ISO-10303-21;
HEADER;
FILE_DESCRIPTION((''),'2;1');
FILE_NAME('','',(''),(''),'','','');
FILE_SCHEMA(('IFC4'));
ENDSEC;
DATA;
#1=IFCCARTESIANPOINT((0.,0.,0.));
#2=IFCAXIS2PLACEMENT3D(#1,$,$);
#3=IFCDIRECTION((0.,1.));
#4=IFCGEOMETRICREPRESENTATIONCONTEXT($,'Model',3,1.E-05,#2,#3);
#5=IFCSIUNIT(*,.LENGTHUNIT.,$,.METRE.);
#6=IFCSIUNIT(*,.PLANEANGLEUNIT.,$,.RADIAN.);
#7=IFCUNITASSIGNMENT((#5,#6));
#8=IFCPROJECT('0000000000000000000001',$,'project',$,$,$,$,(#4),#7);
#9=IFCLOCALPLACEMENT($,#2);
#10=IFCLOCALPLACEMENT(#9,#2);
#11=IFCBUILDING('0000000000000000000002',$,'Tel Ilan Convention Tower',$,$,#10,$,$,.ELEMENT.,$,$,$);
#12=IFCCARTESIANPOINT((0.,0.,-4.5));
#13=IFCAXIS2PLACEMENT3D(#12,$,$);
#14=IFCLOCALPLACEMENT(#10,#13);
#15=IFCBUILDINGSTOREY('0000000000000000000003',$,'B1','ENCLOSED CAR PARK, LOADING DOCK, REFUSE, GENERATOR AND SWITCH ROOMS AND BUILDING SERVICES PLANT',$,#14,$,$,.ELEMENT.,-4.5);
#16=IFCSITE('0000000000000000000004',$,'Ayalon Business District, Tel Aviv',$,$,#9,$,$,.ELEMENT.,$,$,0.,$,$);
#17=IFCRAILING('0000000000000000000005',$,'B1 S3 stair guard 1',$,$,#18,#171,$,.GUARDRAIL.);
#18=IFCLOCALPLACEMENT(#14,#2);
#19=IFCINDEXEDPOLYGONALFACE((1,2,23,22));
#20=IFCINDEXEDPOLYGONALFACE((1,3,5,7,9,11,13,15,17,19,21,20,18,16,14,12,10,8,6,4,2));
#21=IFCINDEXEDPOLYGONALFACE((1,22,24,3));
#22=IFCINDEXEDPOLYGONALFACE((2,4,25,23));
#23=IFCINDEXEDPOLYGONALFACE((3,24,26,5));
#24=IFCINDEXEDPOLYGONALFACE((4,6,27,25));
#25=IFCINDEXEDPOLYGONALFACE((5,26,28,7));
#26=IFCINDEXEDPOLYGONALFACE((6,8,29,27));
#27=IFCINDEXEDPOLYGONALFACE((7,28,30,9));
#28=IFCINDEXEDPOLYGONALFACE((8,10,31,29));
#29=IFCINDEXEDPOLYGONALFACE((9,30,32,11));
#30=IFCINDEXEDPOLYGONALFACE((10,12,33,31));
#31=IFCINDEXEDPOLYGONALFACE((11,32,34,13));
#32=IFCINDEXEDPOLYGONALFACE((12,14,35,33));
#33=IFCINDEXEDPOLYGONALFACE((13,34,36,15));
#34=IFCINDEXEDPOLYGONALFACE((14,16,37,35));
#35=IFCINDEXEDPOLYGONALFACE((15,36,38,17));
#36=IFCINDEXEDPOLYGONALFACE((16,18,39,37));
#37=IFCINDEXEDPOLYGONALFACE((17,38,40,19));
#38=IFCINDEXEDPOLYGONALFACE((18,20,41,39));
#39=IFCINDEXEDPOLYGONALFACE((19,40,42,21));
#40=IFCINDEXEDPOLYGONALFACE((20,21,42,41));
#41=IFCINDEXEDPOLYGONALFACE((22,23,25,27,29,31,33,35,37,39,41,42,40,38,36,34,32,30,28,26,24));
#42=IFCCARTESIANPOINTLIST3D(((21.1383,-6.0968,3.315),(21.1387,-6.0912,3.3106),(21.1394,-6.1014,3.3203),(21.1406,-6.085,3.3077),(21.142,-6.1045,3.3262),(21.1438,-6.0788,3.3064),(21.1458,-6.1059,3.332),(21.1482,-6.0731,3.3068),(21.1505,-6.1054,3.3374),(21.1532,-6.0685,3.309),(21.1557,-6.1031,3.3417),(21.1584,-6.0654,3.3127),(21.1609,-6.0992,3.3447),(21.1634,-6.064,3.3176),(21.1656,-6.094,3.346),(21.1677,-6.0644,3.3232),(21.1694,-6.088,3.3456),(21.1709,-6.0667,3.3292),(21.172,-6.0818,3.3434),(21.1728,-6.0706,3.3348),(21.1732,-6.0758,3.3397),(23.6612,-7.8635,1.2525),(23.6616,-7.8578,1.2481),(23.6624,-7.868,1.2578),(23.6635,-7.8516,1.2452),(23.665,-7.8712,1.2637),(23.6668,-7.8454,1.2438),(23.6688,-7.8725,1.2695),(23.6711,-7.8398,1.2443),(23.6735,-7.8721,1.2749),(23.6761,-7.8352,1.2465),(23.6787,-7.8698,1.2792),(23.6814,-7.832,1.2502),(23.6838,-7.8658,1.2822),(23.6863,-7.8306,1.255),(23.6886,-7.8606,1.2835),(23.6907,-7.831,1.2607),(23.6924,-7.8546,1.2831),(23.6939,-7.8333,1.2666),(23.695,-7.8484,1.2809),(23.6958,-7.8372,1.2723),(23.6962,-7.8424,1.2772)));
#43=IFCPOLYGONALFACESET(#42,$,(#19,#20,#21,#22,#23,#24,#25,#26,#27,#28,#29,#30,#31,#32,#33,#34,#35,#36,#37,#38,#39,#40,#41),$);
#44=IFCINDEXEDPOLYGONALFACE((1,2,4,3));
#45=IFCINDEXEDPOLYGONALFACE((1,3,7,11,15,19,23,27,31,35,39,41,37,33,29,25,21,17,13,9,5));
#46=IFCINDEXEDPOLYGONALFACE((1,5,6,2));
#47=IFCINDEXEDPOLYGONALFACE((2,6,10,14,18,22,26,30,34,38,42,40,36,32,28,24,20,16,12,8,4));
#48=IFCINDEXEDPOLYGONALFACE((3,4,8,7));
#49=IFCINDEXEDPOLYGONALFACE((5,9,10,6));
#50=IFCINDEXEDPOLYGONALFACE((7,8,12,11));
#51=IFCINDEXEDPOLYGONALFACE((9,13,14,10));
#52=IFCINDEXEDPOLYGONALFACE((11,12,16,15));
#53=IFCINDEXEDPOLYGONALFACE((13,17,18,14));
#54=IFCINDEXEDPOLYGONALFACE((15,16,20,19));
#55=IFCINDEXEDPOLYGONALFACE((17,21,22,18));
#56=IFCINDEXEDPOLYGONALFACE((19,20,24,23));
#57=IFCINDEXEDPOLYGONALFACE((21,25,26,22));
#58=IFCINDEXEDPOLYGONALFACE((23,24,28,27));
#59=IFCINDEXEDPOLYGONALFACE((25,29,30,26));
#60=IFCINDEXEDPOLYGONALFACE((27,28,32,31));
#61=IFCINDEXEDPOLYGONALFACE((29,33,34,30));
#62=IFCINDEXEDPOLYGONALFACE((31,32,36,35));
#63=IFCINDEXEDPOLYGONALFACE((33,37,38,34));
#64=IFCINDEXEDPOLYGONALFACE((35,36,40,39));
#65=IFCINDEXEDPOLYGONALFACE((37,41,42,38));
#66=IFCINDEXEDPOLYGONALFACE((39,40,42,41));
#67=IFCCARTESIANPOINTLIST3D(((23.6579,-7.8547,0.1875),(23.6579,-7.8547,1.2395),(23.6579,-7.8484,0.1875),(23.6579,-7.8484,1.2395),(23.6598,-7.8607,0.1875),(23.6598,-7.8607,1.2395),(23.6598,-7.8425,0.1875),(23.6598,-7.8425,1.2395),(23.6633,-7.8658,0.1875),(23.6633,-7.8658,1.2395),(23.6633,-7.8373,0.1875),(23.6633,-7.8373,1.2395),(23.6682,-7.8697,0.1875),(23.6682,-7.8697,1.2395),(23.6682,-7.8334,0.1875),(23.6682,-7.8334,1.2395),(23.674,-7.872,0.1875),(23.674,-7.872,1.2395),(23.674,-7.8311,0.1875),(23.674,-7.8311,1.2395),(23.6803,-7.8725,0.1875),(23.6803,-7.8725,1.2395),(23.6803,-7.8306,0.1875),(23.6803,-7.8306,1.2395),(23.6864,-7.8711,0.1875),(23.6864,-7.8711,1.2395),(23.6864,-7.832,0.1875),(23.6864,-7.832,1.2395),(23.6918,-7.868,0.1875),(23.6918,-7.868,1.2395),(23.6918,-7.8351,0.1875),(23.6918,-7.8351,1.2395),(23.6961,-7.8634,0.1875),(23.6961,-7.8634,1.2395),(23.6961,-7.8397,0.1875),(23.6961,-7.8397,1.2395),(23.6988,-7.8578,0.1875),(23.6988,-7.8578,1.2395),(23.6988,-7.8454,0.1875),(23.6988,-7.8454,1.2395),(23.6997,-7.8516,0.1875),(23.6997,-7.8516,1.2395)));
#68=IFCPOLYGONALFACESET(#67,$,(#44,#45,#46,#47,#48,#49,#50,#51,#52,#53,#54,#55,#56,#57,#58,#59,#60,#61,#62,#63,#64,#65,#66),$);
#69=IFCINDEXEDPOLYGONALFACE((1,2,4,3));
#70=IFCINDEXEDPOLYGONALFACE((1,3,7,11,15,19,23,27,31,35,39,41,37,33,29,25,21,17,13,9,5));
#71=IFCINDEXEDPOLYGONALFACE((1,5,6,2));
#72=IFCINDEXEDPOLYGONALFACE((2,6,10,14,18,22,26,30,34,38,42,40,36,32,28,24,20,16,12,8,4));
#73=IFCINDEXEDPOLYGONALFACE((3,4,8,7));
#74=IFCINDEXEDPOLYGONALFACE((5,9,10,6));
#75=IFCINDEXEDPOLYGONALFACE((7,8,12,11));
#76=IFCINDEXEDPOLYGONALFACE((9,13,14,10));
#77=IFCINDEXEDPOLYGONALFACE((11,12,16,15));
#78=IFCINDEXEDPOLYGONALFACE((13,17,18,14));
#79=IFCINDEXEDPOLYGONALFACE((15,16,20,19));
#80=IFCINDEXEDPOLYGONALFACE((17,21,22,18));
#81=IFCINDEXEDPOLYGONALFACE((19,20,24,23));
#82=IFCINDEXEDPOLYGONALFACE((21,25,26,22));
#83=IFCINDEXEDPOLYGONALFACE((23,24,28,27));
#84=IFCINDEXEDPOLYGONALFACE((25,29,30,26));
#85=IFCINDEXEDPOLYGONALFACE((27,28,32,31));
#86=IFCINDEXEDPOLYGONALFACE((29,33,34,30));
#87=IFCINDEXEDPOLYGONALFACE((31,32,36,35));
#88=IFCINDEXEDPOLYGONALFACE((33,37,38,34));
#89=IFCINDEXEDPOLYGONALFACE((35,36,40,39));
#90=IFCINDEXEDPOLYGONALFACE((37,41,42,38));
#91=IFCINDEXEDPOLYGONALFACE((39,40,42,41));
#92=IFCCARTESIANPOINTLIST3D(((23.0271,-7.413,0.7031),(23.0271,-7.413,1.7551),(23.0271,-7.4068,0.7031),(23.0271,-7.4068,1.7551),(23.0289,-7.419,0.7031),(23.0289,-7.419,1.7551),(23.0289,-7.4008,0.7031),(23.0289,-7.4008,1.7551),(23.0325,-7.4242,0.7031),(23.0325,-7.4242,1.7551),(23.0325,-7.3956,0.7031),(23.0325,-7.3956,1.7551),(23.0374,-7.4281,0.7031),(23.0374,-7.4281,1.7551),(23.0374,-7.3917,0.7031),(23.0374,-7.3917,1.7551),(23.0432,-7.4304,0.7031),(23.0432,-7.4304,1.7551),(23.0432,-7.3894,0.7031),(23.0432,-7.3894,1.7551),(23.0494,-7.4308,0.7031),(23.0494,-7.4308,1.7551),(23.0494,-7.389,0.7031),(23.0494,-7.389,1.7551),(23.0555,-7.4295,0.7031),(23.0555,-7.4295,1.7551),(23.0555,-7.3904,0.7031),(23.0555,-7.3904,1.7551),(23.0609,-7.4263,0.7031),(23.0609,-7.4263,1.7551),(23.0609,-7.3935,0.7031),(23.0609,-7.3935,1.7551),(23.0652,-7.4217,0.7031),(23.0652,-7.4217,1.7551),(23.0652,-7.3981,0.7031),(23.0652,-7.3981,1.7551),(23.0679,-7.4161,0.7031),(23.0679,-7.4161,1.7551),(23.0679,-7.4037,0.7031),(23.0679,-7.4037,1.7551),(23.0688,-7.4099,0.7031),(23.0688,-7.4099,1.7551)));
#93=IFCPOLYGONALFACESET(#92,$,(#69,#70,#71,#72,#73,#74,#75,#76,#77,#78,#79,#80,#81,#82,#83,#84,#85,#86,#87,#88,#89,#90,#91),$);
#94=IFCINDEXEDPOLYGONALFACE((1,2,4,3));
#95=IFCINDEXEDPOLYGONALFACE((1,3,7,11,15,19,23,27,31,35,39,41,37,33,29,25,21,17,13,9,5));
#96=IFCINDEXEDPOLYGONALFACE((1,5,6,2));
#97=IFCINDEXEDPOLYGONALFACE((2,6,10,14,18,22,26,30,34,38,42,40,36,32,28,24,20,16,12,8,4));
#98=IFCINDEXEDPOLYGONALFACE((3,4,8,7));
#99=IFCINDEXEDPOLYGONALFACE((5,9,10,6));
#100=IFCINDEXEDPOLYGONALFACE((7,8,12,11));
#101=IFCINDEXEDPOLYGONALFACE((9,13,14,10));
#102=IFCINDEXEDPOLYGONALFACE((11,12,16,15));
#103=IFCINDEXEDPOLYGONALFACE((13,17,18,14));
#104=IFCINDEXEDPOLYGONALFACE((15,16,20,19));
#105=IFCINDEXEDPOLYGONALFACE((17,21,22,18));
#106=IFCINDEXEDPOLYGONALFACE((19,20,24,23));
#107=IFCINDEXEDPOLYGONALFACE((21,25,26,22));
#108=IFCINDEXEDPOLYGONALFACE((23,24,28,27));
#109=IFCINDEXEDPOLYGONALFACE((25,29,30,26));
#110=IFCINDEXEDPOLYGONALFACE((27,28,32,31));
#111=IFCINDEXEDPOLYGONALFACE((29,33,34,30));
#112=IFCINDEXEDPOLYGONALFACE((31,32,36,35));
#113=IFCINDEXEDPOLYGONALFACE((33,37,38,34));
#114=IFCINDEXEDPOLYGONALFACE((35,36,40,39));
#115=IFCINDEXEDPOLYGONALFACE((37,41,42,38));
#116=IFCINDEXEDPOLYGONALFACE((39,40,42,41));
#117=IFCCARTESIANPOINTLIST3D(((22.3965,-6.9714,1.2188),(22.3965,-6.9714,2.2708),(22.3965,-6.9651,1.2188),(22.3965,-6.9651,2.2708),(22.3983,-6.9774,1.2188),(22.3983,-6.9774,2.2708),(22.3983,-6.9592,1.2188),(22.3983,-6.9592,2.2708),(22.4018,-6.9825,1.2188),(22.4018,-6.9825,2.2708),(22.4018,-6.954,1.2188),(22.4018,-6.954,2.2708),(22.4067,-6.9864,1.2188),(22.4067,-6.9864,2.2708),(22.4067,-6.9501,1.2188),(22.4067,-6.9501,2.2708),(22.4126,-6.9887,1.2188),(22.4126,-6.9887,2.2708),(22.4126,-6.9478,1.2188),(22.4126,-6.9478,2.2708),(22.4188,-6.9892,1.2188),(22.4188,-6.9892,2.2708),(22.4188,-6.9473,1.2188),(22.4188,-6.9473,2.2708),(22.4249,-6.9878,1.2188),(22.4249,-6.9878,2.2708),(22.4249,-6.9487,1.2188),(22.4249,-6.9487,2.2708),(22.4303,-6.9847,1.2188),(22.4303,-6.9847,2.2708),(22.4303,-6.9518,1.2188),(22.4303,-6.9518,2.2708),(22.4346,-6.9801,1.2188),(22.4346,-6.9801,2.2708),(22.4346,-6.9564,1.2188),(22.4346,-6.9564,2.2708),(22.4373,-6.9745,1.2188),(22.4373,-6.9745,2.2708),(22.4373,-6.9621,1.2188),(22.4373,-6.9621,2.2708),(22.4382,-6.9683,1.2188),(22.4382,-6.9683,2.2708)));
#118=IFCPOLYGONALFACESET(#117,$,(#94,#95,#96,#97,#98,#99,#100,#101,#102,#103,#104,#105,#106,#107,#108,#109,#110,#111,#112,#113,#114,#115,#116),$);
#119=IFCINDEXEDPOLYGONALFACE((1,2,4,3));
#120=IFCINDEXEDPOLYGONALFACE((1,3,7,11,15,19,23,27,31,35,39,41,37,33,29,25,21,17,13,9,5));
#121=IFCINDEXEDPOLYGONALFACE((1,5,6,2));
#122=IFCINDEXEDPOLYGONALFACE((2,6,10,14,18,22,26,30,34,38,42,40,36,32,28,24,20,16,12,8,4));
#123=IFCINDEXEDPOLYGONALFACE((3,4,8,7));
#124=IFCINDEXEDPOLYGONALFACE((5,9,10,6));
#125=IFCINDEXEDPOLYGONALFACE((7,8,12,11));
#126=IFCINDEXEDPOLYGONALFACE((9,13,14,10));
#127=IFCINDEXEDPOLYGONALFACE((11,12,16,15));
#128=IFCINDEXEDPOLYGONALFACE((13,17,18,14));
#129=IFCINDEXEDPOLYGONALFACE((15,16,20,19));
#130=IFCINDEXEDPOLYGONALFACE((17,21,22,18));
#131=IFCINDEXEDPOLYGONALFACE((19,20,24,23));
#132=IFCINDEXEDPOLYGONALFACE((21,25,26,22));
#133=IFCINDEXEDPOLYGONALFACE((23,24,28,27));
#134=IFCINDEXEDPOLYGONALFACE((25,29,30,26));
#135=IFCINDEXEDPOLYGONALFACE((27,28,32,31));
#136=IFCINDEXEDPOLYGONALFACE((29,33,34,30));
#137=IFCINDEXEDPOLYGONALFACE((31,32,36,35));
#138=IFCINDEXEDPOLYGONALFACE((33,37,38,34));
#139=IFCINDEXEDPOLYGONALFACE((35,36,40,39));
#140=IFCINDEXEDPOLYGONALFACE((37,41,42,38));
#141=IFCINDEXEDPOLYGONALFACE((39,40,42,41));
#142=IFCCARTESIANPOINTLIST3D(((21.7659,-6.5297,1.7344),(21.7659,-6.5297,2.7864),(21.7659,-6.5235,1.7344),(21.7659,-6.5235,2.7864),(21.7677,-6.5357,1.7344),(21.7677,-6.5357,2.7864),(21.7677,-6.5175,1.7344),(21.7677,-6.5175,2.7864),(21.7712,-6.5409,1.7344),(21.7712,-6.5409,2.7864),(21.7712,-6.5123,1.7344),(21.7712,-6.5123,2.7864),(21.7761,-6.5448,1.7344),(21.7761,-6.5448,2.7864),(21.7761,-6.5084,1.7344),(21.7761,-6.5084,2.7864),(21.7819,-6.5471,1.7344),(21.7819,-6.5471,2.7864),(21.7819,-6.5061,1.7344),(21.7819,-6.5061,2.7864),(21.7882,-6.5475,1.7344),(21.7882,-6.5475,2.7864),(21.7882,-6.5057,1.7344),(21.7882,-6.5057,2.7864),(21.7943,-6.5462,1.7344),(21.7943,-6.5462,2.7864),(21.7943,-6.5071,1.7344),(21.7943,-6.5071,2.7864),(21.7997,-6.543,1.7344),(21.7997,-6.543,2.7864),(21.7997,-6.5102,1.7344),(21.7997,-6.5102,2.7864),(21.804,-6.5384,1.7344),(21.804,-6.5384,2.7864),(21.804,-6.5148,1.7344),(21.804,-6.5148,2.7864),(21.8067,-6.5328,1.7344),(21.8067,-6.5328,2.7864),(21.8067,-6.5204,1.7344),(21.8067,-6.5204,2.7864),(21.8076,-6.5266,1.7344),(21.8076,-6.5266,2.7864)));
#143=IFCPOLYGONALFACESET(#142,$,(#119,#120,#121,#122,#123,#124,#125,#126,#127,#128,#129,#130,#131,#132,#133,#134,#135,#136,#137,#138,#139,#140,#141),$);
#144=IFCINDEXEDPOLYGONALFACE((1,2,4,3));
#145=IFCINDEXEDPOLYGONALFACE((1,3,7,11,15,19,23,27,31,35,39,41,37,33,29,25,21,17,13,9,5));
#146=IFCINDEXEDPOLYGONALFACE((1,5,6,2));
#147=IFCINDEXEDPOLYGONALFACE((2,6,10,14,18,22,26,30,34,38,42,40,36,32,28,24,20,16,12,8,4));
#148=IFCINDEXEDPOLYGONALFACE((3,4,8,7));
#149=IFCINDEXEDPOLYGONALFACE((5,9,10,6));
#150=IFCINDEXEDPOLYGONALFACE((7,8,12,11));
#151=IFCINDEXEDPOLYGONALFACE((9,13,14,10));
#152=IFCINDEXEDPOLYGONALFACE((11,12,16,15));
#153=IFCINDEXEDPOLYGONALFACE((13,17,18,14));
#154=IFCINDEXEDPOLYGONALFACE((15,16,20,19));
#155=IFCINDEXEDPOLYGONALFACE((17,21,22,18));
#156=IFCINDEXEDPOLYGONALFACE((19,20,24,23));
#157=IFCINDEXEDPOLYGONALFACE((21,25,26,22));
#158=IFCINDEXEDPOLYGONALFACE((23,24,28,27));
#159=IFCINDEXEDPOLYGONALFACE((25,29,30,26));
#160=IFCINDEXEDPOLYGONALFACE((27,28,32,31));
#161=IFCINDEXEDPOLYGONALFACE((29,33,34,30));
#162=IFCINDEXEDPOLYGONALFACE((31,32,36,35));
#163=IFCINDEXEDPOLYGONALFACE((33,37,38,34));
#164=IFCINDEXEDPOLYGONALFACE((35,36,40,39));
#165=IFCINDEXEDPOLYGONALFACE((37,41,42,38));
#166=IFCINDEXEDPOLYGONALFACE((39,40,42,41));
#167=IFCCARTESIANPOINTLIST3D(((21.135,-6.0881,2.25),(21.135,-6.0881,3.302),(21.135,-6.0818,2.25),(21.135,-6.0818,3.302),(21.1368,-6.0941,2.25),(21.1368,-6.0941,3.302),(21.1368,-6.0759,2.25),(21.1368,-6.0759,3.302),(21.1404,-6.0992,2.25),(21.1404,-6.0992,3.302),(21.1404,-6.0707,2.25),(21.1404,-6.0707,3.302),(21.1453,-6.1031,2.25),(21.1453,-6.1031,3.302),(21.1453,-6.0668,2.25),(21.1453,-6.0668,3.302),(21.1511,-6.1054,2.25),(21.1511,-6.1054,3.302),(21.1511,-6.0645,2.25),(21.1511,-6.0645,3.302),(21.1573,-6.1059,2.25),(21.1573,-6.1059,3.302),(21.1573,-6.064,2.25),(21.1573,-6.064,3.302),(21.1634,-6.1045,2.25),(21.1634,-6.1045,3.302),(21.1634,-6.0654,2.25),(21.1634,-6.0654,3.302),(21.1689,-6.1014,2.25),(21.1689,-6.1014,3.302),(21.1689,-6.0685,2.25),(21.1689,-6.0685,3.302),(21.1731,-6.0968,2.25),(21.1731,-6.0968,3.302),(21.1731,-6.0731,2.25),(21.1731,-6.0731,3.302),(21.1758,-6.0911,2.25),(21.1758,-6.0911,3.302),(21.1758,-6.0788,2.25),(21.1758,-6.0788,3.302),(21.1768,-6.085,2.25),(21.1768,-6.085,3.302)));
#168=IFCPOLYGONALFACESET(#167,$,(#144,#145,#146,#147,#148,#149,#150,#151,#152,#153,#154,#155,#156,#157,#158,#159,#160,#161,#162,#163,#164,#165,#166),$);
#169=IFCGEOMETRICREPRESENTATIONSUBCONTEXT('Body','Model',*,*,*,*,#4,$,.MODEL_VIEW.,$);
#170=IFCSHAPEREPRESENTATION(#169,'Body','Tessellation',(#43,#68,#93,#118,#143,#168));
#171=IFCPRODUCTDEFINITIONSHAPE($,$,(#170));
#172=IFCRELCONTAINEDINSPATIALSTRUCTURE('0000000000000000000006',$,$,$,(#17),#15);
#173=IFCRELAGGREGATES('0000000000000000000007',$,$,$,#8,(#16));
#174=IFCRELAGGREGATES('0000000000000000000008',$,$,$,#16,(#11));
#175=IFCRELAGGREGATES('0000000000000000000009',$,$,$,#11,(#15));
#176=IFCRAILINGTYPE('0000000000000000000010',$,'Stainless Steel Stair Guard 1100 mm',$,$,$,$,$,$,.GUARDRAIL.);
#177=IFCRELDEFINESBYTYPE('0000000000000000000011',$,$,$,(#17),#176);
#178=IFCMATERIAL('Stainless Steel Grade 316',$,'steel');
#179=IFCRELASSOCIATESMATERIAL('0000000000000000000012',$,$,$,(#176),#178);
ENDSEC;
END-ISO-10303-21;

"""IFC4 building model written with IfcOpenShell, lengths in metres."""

from ifc_helpers import new_model, si_unit, direction, frame, origin, origin_2d, place, context, subcontext, project, spatial, circle, extrude, material, type_object, element, save


model = new_model("IFC4")

# Units and contexts
model_context = context("Model", 3, precision=1e-05, world=origin(), true_north=direction((0.0, 1.0)))
body_context = subcontext(model_context, "Body", "Model", "MODEL_VIEW")
ifc_project = project(units=[si_unit("LENGTHUNIT", "METRE"), si_unit("PLANEANGLEUNIT", "RADIAN")], contexts=[model_context])

# Site, building, storey
site_placement = place(None, origin())
site = spatial("IfcSite", under=ifc_project, at=site_placement, Name="Ayalon Business District, Tel Aviv", CompositionType="ELEMENT", RefElevation=0.0)
building_placement = place(site_placement, origin())
building = spatial("IfcBuilding", under=site, at=building_placement, Name="Tel Ilan Convention Tower", CompositionType="ELEMENT")
storey_placement = place(building_placement, frame((0.0, 0.0, -4.5)))
storey = spatial("IfcBuildingStorey", under=building, at=storey_placement, Name="B1", Description="ENCLOSED CAR PARK, LOADING DOCK, REFUSE, GENERATOR AND SWITCH ROOMS AND BUILDING SERVICES PLANT", CompositionType="ELEMENT", Elevation=-4.5)

# Railing
ifc_material_1 = material(Name="Stainless Steel Grade 316", Category="steel")
railing_type_1 = type_object("IfcRailingType", Name="Stainless Steel Stair Guard 1100 mm", PredefinedType="GUARDRAIL", material=ifc_material_1)
railing_1_placement = place(storey_placement, frame((23.6787, -7.8516, 0.1875)))
element("IfcRailing", 1, at=railing_1_placement, inside=storey, type_object=railing_type_1, Name="B1 S3 stair guard 1", PredefinedType="GUARDRAIL", context=body_context, shape_type="SweptSolid", body=[
    extrude(circle(Radius=0.0239, at=origin_2d()), frame((0.0, 0.0, 1.0762), z_axis=(-0.680635, 0.476589, 0.556416), x_axis=(-0.573579, -0.81915, 0.0)), (0.0, 0.0, 1.0), 3.7068),
    extrude(circle(Radius=0.021, at=origin_2d()), origin(), (0.0, 0.0, 1.0), 1.052),
    extrude(circle(Radius=0.021, at=origin_2d()), frame((-0.6309, 0.4417, 0.5156)), (0.0, 0.0, 1.0), 1.052),
    extrude(circle(Radius=0.021, at=origin_2d()), frame((-1.2615, 0.8833, 1.0312)), (0.0, 0.0, 1.0), 1.052),
    extrude(circle(Radius=0.021, at=origin_2d()), frame((-1.8921, 1.325, 1.5469)), (0.0, 0.0, 1.0), 1.052),
    extrude(circle(Radius=0.021, at=origin_2d()), frame((-2.5229, 1.7666, 2.0625)), (0.0, 0.0, 1.0), 1.052),
])

save(model, "model.ifc")
